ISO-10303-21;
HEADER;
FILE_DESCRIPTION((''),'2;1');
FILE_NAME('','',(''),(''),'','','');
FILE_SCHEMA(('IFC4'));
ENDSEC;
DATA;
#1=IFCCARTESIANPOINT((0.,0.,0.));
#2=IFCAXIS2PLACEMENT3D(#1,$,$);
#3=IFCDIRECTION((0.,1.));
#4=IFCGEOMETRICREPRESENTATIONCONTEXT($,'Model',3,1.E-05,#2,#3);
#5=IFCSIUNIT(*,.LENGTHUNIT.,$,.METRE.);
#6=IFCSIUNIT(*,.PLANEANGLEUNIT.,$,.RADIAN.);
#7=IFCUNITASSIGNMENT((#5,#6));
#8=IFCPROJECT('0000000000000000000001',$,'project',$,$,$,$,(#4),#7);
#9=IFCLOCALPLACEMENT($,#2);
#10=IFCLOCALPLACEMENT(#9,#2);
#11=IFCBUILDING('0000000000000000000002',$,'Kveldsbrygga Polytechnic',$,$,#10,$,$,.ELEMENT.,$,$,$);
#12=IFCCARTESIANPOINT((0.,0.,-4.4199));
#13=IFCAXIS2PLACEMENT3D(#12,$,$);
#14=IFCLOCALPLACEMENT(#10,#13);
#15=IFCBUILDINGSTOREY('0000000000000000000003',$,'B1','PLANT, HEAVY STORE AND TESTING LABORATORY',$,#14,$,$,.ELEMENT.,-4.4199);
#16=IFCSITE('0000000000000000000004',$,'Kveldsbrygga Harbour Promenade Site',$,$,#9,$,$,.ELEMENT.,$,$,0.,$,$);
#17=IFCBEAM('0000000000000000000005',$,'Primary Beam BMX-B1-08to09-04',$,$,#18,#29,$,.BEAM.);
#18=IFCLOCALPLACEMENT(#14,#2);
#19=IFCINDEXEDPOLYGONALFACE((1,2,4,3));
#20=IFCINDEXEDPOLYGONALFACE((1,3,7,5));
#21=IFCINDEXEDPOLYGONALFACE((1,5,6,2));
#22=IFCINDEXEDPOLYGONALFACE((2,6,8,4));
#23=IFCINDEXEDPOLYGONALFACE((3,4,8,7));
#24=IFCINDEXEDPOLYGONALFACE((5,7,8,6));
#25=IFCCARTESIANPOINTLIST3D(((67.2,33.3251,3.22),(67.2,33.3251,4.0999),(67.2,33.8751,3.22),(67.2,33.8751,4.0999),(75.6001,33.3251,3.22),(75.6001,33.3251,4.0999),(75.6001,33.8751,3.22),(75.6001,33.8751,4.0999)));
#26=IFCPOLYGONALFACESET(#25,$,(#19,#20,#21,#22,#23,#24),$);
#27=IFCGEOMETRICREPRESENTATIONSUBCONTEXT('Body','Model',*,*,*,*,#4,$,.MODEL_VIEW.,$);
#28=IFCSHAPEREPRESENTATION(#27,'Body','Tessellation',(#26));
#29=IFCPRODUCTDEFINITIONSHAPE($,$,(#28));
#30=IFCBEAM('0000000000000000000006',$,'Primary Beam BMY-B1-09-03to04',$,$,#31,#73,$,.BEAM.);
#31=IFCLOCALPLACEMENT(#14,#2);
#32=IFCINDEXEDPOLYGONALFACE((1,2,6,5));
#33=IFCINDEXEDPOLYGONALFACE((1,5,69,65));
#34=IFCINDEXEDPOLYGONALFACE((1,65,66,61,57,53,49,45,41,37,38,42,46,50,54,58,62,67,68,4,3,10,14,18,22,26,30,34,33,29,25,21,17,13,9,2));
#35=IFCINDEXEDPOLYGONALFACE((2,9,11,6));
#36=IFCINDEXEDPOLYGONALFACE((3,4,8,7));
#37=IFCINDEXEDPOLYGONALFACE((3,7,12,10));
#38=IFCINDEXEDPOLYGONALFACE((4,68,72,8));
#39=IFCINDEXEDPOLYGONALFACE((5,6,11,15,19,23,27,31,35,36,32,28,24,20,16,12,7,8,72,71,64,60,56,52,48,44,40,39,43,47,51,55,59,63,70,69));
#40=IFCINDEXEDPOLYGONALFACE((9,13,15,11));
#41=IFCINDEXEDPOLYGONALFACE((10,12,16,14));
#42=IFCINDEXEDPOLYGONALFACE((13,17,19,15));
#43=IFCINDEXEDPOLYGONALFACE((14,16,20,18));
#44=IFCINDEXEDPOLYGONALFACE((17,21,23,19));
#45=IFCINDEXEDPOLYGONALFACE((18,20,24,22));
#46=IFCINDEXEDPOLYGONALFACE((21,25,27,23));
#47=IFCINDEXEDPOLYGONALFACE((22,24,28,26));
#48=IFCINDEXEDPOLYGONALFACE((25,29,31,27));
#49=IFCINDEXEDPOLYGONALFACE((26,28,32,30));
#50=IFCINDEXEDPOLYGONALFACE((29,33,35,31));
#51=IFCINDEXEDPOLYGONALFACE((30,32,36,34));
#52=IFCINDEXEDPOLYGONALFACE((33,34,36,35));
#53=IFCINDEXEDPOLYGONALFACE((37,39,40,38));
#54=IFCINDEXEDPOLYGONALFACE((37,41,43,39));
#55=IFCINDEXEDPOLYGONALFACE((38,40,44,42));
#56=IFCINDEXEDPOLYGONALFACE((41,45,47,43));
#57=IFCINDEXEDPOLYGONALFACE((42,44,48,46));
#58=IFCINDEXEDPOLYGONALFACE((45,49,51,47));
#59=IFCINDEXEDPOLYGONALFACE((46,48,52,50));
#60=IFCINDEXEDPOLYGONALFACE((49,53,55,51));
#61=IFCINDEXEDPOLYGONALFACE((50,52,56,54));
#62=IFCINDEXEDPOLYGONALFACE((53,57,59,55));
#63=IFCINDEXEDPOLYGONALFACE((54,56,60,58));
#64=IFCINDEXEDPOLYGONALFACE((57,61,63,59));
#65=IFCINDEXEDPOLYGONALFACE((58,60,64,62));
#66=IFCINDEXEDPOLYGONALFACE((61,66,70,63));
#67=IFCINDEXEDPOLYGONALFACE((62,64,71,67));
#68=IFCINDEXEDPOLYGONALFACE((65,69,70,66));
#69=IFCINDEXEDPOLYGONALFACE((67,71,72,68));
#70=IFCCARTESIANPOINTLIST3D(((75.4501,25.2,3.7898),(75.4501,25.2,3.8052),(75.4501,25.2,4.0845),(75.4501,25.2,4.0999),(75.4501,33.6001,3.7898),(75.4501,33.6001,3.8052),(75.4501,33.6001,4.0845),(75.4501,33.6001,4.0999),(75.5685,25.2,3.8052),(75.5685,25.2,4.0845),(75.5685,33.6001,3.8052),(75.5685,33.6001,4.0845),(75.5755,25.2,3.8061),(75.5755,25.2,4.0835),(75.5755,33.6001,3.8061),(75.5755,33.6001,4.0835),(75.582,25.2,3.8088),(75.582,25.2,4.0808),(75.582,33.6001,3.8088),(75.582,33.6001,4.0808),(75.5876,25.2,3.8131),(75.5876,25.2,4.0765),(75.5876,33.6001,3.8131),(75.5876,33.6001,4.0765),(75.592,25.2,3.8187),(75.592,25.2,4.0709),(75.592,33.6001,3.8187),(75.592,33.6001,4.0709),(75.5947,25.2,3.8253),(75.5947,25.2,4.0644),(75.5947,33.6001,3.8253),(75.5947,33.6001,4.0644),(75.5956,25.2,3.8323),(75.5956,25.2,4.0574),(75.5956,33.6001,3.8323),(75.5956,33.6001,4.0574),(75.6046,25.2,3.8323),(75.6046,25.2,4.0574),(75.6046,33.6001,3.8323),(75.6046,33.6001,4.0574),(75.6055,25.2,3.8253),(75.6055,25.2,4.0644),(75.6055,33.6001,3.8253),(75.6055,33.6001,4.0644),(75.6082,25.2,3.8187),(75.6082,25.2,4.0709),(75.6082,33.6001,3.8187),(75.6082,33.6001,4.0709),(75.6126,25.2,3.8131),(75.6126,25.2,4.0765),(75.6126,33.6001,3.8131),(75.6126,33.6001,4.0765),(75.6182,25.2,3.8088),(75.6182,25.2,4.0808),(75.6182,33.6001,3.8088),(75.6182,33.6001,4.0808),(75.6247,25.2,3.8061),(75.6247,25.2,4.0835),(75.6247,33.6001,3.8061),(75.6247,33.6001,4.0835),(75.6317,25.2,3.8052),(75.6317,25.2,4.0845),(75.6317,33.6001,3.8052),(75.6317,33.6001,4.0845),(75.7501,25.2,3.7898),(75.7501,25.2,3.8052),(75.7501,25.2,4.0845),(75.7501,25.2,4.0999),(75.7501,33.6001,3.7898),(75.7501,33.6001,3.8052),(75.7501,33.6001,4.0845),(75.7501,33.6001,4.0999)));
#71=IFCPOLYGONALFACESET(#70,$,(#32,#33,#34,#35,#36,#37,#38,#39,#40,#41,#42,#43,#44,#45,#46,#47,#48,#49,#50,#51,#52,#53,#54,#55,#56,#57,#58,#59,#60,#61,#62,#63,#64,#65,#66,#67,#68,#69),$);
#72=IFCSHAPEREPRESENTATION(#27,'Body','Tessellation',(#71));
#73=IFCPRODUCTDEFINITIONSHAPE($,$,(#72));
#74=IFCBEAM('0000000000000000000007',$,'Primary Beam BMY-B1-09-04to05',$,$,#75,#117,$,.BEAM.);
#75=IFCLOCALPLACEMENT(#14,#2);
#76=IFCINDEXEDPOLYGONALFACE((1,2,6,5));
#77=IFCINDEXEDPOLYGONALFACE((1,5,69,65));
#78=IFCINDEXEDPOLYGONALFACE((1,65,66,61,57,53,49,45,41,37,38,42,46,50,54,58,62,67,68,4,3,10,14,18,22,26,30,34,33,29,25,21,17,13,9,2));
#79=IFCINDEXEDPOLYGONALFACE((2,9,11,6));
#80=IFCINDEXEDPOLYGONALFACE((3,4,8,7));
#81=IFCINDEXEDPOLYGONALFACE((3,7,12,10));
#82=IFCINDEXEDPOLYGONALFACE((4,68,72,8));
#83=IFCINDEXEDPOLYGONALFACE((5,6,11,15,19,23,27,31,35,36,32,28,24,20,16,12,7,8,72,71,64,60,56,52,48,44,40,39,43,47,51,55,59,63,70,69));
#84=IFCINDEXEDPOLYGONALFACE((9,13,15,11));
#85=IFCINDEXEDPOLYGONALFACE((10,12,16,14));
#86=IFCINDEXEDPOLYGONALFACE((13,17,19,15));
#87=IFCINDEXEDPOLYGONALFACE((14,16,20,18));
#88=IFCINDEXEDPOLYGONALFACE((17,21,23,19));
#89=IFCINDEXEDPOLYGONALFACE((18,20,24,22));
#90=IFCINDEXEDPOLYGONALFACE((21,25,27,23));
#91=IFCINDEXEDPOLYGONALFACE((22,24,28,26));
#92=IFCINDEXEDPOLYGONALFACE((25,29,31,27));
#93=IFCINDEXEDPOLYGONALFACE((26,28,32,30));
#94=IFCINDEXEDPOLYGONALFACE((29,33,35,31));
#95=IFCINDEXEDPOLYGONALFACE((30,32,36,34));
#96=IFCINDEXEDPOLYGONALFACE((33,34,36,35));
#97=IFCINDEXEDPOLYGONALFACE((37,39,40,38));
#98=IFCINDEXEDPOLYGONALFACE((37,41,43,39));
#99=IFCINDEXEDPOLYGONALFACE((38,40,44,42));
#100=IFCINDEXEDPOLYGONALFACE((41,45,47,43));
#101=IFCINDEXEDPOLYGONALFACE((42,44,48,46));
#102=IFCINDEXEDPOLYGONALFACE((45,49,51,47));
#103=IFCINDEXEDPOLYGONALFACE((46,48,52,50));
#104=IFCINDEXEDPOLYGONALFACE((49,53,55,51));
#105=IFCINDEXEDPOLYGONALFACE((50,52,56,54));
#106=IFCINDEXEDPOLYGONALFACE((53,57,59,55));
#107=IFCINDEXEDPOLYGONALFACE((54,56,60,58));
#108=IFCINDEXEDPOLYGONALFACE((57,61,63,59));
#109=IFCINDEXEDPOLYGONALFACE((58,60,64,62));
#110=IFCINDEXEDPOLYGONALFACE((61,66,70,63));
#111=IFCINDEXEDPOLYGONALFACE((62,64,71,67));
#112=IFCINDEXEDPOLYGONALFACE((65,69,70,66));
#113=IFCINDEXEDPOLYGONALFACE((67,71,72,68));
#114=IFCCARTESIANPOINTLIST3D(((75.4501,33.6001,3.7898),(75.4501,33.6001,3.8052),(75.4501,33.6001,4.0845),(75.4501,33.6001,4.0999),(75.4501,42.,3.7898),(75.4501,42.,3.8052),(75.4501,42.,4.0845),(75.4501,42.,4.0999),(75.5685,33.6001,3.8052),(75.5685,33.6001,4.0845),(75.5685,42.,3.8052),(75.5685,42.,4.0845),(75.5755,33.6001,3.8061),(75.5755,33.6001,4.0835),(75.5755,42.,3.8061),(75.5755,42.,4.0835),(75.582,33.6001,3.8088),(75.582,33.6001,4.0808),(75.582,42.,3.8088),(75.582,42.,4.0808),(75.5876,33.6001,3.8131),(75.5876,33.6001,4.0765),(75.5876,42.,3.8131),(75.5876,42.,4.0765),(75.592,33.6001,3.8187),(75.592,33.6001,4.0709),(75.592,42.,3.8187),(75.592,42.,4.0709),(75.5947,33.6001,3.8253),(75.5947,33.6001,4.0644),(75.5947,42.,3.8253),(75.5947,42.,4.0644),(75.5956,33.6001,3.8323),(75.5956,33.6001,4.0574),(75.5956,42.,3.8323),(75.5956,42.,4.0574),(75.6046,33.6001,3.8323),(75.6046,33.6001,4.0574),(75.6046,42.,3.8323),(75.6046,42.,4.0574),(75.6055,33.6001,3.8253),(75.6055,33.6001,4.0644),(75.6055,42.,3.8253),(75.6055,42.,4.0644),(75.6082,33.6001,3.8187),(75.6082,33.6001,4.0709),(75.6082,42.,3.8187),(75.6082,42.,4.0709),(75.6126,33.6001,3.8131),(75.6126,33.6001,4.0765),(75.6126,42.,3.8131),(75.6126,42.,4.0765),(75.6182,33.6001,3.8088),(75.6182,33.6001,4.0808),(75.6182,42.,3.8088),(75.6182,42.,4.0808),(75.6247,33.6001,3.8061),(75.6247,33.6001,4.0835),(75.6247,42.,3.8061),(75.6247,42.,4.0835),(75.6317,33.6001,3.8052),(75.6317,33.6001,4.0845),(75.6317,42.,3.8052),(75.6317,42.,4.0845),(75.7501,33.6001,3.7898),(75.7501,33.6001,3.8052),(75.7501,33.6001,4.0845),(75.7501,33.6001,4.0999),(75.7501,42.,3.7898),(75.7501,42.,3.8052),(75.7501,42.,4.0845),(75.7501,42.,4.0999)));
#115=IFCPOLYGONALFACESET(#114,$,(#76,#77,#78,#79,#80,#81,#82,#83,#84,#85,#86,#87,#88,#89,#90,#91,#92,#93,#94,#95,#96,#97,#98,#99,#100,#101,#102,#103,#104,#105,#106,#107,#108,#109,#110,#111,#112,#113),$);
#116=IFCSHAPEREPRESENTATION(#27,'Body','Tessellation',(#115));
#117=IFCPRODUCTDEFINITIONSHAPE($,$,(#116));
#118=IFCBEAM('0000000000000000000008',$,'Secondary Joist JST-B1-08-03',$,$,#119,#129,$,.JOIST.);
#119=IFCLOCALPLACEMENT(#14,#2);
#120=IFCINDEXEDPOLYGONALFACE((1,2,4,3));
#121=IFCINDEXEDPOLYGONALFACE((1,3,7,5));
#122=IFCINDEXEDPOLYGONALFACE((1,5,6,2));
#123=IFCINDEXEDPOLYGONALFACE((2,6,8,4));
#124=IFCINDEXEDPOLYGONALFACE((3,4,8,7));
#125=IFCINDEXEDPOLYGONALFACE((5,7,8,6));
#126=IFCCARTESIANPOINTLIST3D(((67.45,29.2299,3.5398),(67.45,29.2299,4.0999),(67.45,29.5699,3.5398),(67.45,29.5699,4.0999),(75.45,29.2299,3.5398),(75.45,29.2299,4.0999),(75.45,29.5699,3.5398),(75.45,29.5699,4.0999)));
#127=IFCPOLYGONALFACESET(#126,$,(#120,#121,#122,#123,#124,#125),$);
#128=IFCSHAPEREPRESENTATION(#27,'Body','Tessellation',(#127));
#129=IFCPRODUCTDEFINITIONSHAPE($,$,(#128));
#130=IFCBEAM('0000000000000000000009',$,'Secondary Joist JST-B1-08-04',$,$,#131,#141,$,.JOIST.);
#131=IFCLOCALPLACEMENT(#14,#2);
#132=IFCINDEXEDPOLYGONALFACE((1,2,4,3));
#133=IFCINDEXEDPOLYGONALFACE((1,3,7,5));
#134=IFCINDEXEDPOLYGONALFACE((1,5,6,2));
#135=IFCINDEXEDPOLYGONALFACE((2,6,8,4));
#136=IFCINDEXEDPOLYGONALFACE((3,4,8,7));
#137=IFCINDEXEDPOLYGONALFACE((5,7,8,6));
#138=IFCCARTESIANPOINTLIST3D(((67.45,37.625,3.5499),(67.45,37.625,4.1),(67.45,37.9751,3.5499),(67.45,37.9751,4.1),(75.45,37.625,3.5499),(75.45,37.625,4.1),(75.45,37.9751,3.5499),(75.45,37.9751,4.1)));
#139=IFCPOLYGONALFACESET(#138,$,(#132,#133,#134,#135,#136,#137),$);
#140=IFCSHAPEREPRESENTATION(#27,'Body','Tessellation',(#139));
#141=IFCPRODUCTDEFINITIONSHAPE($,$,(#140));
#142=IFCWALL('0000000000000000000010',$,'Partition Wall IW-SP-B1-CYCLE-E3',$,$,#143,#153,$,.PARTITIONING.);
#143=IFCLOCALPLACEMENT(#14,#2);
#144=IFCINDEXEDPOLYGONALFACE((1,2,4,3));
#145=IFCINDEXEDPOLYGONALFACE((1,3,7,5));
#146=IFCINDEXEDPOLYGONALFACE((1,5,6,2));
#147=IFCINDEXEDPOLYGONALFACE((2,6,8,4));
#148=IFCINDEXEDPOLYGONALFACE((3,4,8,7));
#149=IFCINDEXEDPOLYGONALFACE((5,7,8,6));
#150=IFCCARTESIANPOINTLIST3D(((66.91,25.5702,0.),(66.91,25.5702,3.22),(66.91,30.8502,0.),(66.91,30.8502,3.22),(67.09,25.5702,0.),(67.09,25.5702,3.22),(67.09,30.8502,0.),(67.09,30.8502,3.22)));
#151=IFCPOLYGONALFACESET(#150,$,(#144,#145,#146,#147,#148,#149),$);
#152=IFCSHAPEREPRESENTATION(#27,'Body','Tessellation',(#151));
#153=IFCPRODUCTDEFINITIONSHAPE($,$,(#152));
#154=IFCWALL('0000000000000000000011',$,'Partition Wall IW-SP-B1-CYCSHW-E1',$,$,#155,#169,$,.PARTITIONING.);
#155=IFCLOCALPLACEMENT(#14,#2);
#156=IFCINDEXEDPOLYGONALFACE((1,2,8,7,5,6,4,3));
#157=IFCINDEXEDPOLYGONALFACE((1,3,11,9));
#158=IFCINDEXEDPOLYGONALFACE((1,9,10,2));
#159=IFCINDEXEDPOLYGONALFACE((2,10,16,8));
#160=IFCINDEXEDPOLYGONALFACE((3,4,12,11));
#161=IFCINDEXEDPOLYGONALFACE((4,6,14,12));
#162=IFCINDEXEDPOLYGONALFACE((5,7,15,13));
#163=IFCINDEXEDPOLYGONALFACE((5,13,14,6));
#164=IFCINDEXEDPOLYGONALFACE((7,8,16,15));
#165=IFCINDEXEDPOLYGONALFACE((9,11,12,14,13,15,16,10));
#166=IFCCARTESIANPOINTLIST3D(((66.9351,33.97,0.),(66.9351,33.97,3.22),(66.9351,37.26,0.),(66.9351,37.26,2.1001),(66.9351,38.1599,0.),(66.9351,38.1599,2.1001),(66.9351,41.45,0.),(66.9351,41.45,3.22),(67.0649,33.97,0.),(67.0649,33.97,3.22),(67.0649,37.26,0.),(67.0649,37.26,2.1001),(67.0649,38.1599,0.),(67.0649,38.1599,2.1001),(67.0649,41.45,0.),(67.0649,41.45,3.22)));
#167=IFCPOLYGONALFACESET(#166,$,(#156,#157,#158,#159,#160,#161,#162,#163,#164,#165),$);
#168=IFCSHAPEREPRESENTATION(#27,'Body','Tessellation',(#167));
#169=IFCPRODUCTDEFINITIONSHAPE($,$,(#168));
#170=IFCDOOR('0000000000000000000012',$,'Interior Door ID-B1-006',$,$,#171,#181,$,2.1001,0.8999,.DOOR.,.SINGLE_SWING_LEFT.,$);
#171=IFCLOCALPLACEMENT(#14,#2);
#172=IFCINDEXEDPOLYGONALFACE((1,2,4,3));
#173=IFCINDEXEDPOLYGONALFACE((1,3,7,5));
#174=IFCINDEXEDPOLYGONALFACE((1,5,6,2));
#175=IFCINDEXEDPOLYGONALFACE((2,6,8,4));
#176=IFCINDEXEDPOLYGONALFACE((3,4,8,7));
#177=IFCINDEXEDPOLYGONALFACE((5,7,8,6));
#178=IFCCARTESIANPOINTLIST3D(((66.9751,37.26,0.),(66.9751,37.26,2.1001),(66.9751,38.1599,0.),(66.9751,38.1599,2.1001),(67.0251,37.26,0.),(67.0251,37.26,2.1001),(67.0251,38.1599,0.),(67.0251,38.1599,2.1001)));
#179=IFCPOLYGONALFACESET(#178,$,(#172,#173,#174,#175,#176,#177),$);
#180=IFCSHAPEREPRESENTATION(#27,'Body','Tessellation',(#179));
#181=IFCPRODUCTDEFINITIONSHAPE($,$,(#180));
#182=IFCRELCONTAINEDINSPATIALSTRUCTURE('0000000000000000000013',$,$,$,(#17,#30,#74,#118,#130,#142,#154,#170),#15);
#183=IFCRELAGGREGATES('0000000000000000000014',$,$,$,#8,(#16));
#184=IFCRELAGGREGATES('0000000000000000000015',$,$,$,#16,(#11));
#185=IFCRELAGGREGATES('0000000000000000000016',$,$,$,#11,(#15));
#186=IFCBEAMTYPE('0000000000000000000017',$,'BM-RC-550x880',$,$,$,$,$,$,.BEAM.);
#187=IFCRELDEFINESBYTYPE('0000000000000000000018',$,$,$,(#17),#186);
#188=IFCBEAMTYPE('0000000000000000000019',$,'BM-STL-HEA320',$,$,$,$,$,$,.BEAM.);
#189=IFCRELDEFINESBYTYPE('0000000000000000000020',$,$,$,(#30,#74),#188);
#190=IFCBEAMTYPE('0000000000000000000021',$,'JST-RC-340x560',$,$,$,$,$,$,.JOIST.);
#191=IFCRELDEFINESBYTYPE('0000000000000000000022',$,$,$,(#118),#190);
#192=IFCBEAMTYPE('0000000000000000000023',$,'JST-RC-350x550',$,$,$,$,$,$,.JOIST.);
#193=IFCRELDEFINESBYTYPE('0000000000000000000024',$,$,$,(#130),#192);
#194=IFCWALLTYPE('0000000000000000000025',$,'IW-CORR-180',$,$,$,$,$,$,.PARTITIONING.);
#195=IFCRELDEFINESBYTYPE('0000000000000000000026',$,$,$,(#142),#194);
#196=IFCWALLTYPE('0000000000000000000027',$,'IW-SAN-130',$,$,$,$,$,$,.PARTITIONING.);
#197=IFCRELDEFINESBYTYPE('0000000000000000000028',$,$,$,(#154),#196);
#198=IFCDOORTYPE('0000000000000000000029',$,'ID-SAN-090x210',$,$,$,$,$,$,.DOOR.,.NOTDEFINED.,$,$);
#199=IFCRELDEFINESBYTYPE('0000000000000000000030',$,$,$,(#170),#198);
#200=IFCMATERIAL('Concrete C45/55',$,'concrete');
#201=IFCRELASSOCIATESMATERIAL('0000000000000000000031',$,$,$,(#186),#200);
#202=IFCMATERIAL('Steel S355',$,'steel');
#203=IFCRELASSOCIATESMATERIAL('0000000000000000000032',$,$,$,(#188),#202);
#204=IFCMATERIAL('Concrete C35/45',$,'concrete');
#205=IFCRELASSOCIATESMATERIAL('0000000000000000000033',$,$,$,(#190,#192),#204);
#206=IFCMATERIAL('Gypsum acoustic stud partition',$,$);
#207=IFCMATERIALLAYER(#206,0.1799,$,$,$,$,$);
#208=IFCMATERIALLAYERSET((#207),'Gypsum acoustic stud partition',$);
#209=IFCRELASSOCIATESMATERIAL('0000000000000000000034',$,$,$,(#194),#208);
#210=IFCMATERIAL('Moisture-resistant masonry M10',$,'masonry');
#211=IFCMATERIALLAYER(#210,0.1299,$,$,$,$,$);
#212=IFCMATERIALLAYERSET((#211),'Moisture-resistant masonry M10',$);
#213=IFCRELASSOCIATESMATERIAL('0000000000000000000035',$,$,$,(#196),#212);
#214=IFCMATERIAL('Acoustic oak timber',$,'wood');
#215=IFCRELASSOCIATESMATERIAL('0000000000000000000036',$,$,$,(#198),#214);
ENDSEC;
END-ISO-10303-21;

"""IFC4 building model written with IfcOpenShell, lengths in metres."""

from ifc_helpers import new_model, si_unit, direction, frame, frame_2d, origin, origin_2d, place, context, subcontext, project, spatial, rectangle, i_section, extrude, material, layer, layer_set, material_profile, profile_set, type_object, element, fill, save


model = new_model("IFC4")

# Units and contexts
model_context = context("Model", 3, precision=1e-05, world=origin(), true_north=direction((0.0, 1.0)))
body_context = subcontext(model_context, "Body", "Model", "MODEL_VIEW")
ifc_project = project(units=[si_unit("LENGTHUNIT", "METRE"), si_unit("PLANEANGLEUNIT", "RADIAN")], contexts=[model_context])

# Site, building, storey
site_placement = place(None, origin())
site = spatial("IfcSite", under=ifc_project, at=site_placement, Name="Kveldsbrygga Harbour Promenade Site", CompositionType="ELEMENT", RefElevation=0.0)
building_placement = place(site_placement, origin())
building = spatial("IfcBuilding", under=site, at=building_placement, Name="Kveldsbrygga Polytechnic", CompositionType="ELEMENT")
storey_placement = place(building_placement, frame((0.0, 0.0, -4.4199)))
storey = spatial("IfcBuildingStorey", under=building, at=storey_placement, Name="B1", Description="PLANT, HEAVY STORE AND TESTING LABORATORY", CompositionType="ELEMENT", Elevation=-4.4199)

# Shared definitions
ifc_material_1 = material(Name="Concrete C45/55", Category="concrete")

# Beams
ifc_material_2 = material(Name="Concrete C35/45", Category="concrete")
ifc_material_profile_1 = material_profile(ifc_material_1, rectangle(XDim=0.55, YDim=0.8799, at=origin_2d()), Name="RC 550x880")
ifc_profile_set_1 = profile_set([ifc_material_profile_1], Name="Concrete C45/55")
beam_type_1 = type_object("IfcBeamType", Name="BM-RC-550x880", PredefinedType="BEAM", material=ifc_profile_set_1)
beam_1_placement = place(storey_placement, frame((67.2, 33.6001, 3.6599), z_axis=(1.0, 0.0, 0.0), x_axis=(0.0, 1.0, 0.0)))
element("IfcBeam", 1, at=beam_1_placement, inside=storey, type_object=beam_type_1, Name="Primary Beam BMX-B1-08to09-04", PredefinedType="BEAM", context=body_context, shape_type="SweptSolid", body=[
    extrude(rectangle(XDim=0.55, YDim=0.8799, at=origin_2d()), origin(), (0.0, 0.0, 1.0), 8.4001),
])
ifc_material_3 = material(Name="Steel S355", Category="steel")
ifc_material_profile_2 = material_profile(ifc_material_3, i_section(OverallWidth=0.3, OverallDepth=0.3101, WebThickness=0.009, FlangeThickness=0.0154, FilletRadius=0.0271, at=origin_2d()), Name="HEA 320")
ifc_profile_set_2 = profile_set([ifc_material_profile_2], Name="Steel S355")
beam_type_2 = type_object("IfcBeamType", Name="BM-STL-HEA320", PredefinedType="BEAM", material=ifc_profile_set_2)
beam_2_placement = place(storey_placement, frame((75.6001, 25.2, 3.9448), z_axis=(0.0, 1.0, 0.0), x_axis=(-1.0, 0.0, 0.0)))
element("IfcBeam", 2, at=beam_2_placement, inside=storey, type_object=beam_type_2, Name="Primary Beam BMY-B1-09-03to04", PredefinedType="BEAM", context=body_context, shape_type="SweptSolid", body=[
    extrude(i_section(OverallWidth=0.3, OverallDepth=0.3101, WebThickness=0.009, FlangeThickness=0.0154, FilletRadius=0.0271, at=origin_2d()), origin(), (0.0, 0.0, 1.0), 8.4001),
])
beam_3_placement = place(storey_placement, frame((75.6001, 33.6001, 3.9448), z_axis=(0.0, 1.0, 0.0), x_axis=(-1.0, 0.0, 0.0)))
element("IfcBeam", 3, at=beam_3_placement, inside=storey, type_object=beam_type_2, Name="Primary Beam BMY-B1-09-04to05", PredefinedType="BEAM", context=body_context, shape_type="SweptSolid", body=[
    extrude(i_section(OverallWidth=0.3, OverallDepth=0.3101, WebThickness=0.009, FlangeThickness=0.0154, FilletRadius=0.0271, at=origin_2d()), origin(), (0.0, 0.0, 1.0), 8.3999),
])
ifc_material_profile_3 = material_profile(ifc_material_2, rectangle(XDim=0.3401, YDim=0.5601, at=origin_2d()), Name="RC 340x560")
ifc_profile_set_3 = profile_set([ifc_material_profile_3], Name="Concrete C35/45")
beam_type_3 = type_object("IfcBeamType", Name="JST-RC-340x560", PredefinedType="JOIST", material=ifc_profile_set_3)
beam_4_placement = place(storey_placement, frame((67.45, 29.3999, 3.8198), z_axis=(1.0, 0.0, 0.0), x_axis=(0.0, 1.0, 0.0)))
element("IfcBeam", 4, at=beam_4_placement, inside=storey, type_object=beam_type_3, Name="Secondary Joist JST-B1-08-03", PredefinedType="JOIST", context=body_context, shape_type="SweptSolid", body=[
    extrude(rectangle(XDim=0.3401, YDim=0.5601, at=origin_2d()), origin(), (0.0, 0.0, 1.0), 8.0),
])
ifc_material_profile_4 = material_profile(ifc_material_2, rectangle(XDim=0.3501, YDim=0.55, at=origin_2d()), Name="RC 350x550")
ifc_profile_set_4 = profile_set([ifc_material_profile_4], Name="Concrete C35/45")
beam_type_4 = type_object("IfcBeamType", Name="JST-RC-350x550", PredefinedType="JOIST", material=ifc_profile_set_4)
beam_5_placement = place(storey_placement, frame((67.45, 37.8, 3.825), z_axis=(1.0, 0.0, 0.0), x_axis=(0.0, 1.0, 0.0)))
element("IfcBeam", 5, at=beam_5_placement, inside=storey, type_object=beam_type_4, Name="Secondary Joist JST-B1-08-04", PredefinedType="JOIST", context=body_context, shape_type="SweptSolid", body=[
    extrude(rectangle(XDim=0.3501, YDim=0.55, at=origin_2d()), origin(), (0.0, 0.0, 1.0), 8.0),
])

# Wall
ifc_material_4 = material(Name="Gypsum acoustic stud partition")
ifc_layer_1 = layer(ifc_material_4, 0.1799)
ifc_layer_set_1 = layer_set([ifc_layer_1], Name="Gypsum acoustic stud partition")
wall_type_1 = type_object("IfcWallType", Name="IW-CORR-180", PredefinedType="PARTITIONING", material=ifc_layer_set_1)
wall_1_placement = place(storey_placement, frame((67.0, 25.5701, 0.0), z_axis=(0.0, 0.0, 1.0), x_axis=(0.0, 1.0, 0.0)))
element("IfcWall", 6, at=wall_1_placement, inside=storey, type_object=wall_type_1, Name="Partition Wall IW-SP-B1-CYCLE-E3", PredefinedType="PARTITIONING", context=body_context, shape_type="SweptSolid", body=[
    extrude(rectangle(XDim=5.28, YDim=0.1799, at=frame_2d((2.6401, 0.0))), origin(), (0.0, 0.0, 1.0), 3.22),
])

# Wall, opening, door
ifc_material_5 = material(Name="Moisture-resistant masonry M10", Category="masonry")
ifc_layer_2 = layer(ifc_material_5, 0.1299)
ifc_layer_set_2 = layer_set([ifc_layer_2], Name="Moisture-resistant masonry M10")
wall_type_2 = type_object("IfcWallType", Name="IW-SAN-130", PredefinedType="PARTITIONING", material=ifc_layer_set_2)
wall_2_placement = place(storey_placement, frame((67.0, 33.97, 0.0), z_axis=(0.0, 0.0, 1.0), x_axis=(0.0, 1.0, 0.0)))
wall_2 = element("IfcWall", 7, at=wall_2_placement, inside=storey, type_object=wall_type_2, Name="Partition Wall IW-SP-B1-CYCSHW-E1", PredefinedType="PARTITIONING", context=body_context, shape_type="SweptSolid", body=[
    extrude(rectangle(XDim=7.48, YDim=0.1299, at=frame_2d((3.74, 0.0))), origin(), (0.0, 0.0, 1.0), 3.22),
])
opening_placement = place(wall_2_placement, frame((3.29, 0.0, 0.0)))
opening = element("IfcOpeningElement", 8, at=opening_placement, cuts=wall_2, PredefinedType="OPENING", context=body_context, shape_type="SweptSolid", body=[
    extrude(rectangle(XDim=0.8999, YDim=2.1001, at=frame_2d((0.45, 1.05))), frame((0.0, 0.075, 0.0), z_axis=(0.0, -1.0, 0.0), x_axis=(1.0, 0.0, 0.0)), (0.0, 0.0, 1.0), 0.1499),
])
ifc_material_6 = material(Name="Acoustic oak timber", Category="wood")
door_type = type_object("IfcDoorType", Name="ID-SAN-090x210", OperationType="NOTDEFINED", PredefinedType="DOOR", material=ifc_material_6)
door_placement = place(opening_placement, origin())
door = element("IfcDoor", 9, at=door_placement, inside=storey, type_object=door_type, Name="Interior Door ID-B1-006", OperationType="SINGLE_SWING_LEFT", OverallHeight=2.1001, OverallWidth=0.8999, PredefinedType="DOOR", context=body_context, shape_type="SweptSolid", body=[
    extrude(rectangle(XDim=0.8999, YDim=2.1001, at=frame_2d((0.45, 1.05))), frame((0.0, 0.0249, 0.0), z_axis=(0.0, -1.0, 0.0), x_axis=(1.0, 0.0, 0.0)), (0.0, 0.0, 1.0), 0.05),
])
fill(opening, door)

save(model, "model.ifc")
